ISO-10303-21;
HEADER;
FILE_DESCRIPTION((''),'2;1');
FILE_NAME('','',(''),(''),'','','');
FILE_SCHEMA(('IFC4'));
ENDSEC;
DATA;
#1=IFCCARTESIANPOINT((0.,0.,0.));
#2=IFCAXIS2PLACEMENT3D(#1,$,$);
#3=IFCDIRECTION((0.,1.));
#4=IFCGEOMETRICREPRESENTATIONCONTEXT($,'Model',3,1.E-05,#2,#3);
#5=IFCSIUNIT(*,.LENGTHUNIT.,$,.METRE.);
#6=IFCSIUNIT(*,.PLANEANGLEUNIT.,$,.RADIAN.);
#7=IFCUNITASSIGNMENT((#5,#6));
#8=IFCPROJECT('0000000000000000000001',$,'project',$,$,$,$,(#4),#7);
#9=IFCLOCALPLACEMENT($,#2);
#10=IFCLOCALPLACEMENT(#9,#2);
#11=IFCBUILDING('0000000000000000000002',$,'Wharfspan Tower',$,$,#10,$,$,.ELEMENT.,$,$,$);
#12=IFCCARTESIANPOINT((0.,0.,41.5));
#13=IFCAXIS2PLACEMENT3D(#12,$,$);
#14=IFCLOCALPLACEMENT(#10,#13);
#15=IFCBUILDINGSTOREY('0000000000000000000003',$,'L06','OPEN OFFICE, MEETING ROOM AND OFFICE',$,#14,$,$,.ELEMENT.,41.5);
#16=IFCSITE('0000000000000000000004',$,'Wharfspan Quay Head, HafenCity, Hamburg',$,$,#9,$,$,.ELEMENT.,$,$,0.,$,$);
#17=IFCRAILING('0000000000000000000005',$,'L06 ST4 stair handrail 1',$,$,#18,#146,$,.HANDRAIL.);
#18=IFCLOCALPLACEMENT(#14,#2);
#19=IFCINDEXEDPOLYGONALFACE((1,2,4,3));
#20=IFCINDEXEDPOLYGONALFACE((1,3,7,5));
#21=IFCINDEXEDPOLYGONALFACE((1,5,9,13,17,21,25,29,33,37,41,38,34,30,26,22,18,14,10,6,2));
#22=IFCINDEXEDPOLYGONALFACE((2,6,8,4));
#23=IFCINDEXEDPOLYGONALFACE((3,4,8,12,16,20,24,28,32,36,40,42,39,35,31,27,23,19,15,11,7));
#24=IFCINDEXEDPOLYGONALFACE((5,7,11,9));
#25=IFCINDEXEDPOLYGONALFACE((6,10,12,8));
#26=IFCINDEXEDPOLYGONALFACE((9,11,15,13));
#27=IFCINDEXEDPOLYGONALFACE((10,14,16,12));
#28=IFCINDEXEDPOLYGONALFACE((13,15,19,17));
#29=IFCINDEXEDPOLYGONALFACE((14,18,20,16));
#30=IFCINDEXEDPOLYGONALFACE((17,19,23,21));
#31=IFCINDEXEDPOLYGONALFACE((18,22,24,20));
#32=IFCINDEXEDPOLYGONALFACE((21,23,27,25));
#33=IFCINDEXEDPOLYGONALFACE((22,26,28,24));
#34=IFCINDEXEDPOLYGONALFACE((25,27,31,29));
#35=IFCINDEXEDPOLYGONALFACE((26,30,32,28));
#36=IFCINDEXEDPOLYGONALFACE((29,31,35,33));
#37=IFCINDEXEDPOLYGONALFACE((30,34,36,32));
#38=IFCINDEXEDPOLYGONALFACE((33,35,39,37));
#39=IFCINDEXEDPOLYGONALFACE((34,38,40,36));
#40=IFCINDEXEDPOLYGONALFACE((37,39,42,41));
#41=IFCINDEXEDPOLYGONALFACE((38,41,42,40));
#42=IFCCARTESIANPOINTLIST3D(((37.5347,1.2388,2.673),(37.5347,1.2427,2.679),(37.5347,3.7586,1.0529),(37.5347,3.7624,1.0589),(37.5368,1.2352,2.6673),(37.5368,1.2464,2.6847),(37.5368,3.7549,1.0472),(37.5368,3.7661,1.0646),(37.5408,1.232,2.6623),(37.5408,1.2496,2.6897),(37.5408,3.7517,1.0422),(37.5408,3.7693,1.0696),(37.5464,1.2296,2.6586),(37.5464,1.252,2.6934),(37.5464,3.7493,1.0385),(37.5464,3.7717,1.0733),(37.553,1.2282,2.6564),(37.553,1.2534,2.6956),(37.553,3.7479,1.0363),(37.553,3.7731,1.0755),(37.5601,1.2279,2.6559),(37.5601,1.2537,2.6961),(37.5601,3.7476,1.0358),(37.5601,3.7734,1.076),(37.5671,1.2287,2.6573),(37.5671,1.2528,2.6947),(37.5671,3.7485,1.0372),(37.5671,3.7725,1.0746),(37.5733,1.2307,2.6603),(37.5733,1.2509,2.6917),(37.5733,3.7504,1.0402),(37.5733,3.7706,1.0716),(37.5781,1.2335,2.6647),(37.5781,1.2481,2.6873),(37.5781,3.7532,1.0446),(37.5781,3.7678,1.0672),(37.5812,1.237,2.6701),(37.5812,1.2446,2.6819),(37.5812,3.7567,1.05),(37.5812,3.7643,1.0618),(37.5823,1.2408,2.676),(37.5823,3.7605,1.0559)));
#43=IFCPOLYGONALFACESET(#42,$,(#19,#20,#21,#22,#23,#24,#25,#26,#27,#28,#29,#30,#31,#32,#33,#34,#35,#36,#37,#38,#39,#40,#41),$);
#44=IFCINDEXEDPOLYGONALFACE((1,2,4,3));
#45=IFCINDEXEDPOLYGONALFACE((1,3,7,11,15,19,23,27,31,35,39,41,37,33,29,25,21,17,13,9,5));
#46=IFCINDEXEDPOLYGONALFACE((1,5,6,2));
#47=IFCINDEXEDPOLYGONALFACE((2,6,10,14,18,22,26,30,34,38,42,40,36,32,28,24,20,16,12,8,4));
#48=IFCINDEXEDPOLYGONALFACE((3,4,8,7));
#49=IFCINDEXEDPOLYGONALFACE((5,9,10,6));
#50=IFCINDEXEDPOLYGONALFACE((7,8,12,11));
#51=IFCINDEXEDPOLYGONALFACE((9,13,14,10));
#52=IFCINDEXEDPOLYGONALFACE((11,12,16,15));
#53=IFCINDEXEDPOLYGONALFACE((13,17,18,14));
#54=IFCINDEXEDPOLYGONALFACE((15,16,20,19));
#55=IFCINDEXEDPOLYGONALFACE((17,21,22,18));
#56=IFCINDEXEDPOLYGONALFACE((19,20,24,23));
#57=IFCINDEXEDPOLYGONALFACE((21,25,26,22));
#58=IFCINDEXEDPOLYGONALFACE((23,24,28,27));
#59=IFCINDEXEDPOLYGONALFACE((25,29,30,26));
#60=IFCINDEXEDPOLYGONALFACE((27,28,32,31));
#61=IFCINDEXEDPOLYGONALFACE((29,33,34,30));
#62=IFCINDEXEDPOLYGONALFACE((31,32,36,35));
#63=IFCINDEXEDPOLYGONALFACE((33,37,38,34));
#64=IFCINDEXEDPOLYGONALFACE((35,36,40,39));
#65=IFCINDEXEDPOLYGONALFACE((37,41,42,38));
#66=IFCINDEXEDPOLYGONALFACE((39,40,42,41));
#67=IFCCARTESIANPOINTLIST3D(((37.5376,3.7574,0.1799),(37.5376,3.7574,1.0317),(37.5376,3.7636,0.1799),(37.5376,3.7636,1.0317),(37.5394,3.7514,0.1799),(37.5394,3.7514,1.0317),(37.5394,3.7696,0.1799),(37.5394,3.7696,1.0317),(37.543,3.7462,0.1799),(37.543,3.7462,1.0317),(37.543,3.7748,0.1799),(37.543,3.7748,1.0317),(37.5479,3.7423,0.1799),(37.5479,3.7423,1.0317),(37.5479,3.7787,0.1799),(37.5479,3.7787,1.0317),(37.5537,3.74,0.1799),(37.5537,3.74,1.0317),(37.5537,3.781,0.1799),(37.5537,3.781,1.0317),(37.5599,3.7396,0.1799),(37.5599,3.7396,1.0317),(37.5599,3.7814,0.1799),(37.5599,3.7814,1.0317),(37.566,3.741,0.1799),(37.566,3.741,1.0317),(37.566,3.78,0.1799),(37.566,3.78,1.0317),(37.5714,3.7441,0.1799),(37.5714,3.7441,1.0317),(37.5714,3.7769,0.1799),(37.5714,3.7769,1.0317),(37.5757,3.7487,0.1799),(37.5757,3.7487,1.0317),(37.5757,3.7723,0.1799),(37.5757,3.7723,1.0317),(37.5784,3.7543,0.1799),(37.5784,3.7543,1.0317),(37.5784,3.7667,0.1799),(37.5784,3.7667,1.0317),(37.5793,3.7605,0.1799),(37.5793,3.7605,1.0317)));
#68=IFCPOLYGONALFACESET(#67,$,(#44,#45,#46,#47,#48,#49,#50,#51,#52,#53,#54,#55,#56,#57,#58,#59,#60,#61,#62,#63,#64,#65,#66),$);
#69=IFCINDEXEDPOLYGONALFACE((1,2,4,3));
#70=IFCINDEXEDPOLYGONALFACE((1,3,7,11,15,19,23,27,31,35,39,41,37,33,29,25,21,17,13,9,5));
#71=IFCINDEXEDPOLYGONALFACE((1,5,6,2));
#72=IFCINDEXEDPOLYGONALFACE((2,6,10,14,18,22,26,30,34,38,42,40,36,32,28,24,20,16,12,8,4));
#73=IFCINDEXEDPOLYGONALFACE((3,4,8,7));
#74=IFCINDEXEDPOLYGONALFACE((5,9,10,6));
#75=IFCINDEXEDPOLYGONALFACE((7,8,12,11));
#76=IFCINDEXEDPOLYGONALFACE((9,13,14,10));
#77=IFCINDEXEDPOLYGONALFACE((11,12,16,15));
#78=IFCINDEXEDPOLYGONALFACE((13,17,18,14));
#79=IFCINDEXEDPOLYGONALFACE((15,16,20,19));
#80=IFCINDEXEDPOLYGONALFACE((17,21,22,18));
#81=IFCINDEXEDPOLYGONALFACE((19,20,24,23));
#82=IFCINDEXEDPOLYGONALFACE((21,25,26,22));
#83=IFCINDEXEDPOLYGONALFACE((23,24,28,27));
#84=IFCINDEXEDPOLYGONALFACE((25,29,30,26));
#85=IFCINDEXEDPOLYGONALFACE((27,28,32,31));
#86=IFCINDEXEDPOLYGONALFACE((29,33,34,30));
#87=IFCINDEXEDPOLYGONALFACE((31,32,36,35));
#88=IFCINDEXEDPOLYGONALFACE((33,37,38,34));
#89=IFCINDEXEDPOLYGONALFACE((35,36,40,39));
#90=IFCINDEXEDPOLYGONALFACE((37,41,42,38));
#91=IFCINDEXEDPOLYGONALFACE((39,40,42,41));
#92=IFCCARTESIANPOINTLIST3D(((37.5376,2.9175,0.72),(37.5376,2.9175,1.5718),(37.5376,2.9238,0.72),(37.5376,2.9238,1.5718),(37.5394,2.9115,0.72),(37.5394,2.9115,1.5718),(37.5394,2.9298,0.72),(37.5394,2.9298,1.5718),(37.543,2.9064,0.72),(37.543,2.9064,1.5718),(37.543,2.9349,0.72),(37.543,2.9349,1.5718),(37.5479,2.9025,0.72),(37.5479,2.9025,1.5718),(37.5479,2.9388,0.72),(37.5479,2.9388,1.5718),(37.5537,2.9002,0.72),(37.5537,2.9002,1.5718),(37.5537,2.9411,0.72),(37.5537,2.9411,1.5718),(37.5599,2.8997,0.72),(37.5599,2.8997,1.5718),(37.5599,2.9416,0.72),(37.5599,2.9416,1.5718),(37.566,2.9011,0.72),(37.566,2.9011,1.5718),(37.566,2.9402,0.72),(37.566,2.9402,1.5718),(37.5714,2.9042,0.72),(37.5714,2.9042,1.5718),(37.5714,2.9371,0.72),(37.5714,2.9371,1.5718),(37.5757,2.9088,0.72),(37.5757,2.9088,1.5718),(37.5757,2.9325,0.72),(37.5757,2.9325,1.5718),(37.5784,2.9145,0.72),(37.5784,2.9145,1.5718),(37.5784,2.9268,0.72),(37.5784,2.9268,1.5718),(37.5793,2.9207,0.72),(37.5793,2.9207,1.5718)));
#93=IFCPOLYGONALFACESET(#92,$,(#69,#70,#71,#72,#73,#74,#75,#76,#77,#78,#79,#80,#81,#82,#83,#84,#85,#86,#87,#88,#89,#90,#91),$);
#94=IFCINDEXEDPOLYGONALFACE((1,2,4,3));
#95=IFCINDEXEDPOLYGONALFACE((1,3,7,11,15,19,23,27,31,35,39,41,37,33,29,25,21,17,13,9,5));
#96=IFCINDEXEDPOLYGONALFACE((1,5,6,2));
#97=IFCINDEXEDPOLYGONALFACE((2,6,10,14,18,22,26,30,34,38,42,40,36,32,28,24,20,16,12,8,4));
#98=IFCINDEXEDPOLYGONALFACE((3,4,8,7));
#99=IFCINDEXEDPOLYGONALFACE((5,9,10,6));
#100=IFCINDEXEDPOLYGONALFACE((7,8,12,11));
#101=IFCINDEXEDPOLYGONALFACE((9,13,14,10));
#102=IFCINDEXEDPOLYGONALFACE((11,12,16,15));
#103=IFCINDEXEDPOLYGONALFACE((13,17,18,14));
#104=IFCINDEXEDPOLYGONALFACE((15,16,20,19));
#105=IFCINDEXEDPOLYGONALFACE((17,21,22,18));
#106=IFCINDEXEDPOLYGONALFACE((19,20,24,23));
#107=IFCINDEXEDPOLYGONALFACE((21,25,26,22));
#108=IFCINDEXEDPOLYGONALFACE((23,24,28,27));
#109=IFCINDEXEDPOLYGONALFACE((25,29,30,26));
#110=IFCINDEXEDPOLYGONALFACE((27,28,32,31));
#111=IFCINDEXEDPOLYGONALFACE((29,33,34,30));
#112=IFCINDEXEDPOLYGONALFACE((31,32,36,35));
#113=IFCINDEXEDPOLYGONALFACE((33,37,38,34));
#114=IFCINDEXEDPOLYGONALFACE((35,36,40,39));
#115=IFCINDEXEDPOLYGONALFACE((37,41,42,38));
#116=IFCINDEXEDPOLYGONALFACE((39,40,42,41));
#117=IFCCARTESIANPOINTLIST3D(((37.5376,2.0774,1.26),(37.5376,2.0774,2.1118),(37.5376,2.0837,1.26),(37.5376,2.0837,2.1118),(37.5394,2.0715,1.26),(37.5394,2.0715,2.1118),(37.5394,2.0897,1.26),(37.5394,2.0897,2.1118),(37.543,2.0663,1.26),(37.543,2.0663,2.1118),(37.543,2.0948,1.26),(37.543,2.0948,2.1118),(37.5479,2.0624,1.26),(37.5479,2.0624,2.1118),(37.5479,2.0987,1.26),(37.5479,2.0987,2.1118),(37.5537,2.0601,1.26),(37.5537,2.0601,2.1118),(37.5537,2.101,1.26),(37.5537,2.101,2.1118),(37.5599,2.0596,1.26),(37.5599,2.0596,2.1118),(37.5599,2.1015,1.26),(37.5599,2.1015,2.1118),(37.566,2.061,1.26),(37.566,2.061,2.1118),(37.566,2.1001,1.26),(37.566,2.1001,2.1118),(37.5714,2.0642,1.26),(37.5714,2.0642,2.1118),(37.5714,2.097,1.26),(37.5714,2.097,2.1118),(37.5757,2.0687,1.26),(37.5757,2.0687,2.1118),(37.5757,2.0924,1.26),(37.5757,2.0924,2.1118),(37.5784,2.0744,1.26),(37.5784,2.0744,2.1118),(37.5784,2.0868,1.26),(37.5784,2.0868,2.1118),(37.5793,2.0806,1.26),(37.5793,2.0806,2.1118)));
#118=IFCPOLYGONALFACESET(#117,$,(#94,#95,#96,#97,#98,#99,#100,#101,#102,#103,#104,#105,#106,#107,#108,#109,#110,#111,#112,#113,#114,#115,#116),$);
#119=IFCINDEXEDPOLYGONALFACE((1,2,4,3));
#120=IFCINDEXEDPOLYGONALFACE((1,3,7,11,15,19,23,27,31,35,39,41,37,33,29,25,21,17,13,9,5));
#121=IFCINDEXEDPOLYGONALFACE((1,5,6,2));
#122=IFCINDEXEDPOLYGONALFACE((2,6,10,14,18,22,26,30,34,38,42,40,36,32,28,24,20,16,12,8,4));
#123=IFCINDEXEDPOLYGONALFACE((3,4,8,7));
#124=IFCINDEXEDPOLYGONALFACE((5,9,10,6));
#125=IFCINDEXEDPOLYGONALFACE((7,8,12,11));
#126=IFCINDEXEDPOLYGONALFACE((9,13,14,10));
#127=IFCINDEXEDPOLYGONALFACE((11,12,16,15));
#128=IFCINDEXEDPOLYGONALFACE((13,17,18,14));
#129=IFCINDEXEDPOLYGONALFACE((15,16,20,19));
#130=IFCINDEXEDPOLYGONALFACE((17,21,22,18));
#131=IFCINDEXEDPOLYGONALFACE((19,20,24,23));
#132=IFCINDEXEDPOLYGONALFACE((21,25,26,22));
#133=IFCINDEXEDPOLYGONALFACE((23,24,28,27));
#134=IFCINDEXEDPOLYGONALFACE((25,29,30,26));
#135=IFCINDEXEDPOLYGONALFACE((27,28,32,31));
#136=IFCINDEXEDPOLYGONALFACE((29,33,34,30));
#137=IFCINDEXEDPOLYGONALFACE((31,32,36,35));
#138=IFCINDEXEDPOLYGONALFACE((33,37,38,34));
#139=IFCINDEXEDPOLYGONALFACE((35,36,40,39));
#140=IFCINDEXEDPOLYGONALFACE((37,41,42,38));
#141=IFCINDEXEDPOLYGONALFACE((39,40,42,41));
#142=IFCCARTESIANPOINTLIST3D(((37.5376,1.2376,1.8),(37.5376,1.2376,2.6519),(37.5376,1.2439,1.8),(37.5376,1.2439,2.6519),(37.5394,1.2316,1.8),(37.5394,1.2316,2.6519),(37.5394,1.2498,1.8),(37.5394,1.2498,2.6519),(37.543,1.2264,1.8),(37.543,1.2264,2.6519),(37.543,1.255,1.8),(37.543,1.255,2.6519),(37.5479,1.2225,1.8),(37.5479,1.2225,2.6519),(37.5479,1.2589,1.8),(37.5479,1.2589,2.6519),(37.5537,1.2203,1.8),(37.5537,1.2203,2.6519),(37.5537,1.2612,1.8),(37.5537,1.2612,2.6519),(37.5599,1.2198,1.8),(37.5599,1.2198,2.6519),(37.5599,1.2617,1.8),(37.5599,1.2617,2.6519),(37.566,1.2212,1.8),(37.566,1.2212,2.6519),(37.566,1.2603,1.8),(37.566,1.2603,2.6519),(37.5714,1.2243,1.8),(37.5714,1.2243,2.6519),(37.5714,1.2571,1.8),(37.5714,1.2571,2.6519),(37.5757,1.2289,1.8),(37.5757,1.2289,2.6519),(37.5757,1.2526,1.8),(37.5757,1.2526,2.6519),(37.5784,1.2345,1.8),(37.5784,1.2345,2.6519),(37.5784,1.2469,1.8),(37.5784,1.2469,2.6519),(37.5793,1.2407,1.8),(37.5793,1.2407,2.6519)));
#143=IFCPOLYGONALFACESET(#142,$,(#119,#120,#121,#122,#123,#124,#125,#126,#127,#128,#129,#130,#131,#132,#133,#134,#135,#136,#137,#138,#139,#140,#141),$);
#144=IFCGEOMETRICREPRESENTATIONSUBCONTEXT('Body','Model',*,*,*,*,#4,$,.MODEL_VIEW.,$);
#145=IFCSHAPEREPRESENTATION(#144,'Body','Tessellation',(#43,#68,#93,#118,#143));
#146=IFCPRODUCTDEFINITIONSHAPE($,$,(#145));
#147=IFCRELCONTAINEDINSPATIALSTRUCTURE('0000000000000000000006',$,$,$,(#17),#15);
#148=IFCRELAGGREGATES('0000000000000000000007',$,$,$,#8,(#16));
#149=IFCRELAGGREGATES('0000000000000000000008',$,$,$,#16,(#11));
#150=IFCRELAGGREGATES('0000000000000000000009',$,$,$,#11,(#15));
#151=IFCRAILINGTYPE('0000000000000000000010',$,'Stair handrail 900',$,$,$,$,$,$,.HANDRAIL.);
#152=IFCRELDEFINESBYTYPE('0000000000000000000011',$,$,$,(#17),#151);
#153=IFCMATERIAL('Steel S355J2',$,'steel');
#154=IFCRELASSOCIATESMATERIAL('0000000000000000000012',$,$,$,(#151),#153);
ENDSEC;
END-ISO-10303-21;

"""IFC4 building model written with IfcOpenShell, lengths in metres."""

from ifc_helpers import new_model, si_unit, direction, frame, origin, origin_2d, place, context, subcontext, project, spatial, circle, extrude, material, type_object, element, save


model = new_model("IFC4")

# Units and contexts
model_context = context("Model", 3, precision=1e-05, world=origin(), true_north=direction((0.0, 1.0)))
body_context = subcontext(model_context, "Body", "Model", "MODEL_VIEW")
ifc_project = project(units=[si_unit("LENGTHUNIT", "METRE"), si_unit("PLANEANGLEUNIT", "RADIAN")], contexts=[model_context])

# Site, building, storey
site_placement = place(None, origin())
site = spatial("IfcSite", under=ifc_project, at=site_placement, Name="Wharfspan Quay Head, HafenCity, Hamburg", CompositionType="ELEMENT", RefElevation=0.0)
building_placement = place(site_placement, origin())
building = spatial("IfcBuilding", under=site, at=building_placement, Name="Wharfspan Tower", CompositionType="ELEMENT")
storey_placement = place(building_placement, frame((0.0, 0.0, 41.5)))
storey = spatial("IfcBuildingStorey", under=building, at=storey_placement, Name="L06", Description="OPEN OFFICE, MEETING ROOM AND OFFICE", CompositionType="ELEMENT", Elevation=41.5)

# Shared definitions
ifc_material_1 = material(Name="Steel S355J2", Category="steel")

# Railing
railing_type_1 = type_object("IfcRailingType", Name="Stair handrail 900", PredefinedType="HANDRAIL", material=ifc_material_1)
railing_1_placement = place(storey_placement, frame((37.5583, 3.7605, 0.1799)))
element("IfcRailing", 1, at=railing_1_placement, inside=storey, type_object=railing_type_1, Name="L06 ST4 stair handrail 1", PredefinedType="HANDRAIL", context=body_context, shape_type="SweptSolid", body=[
    extrude(circle(Radius=0.0239, at=origin_2d()), frame((0.0, 0.0, 0.876), z_axis=(0.0, -0.841139, 0.540819), x_axis=(1.0, 0.0, 0.0)), (0.0, 0.0, 1.0), 2.9956),
    extrude(circle(Radius=0.021, at=origin_2d()), origin(), (0.0, 0.0, 1.0), 0.8518),
    extrude(circle(Radius=0.021, at=origin_2d()), frame((0.0, -0.8398, 0.54)), (0.0, 0.0, 1.0), 0.8518),
    extrude(circle(Radius=0.021, at=origin_2d()), frame((0.0, -1.6799, 1.0801)), (0.0, 0.0, 1.0), 0.8518),
    extrude(circle(Radius=0.021, at=origin_2d()), frame((0.0, -2.5198, 1.6201)), (0.0, 0.0, 1.0), 0.8518),
])

save(model, "model.ifc")
